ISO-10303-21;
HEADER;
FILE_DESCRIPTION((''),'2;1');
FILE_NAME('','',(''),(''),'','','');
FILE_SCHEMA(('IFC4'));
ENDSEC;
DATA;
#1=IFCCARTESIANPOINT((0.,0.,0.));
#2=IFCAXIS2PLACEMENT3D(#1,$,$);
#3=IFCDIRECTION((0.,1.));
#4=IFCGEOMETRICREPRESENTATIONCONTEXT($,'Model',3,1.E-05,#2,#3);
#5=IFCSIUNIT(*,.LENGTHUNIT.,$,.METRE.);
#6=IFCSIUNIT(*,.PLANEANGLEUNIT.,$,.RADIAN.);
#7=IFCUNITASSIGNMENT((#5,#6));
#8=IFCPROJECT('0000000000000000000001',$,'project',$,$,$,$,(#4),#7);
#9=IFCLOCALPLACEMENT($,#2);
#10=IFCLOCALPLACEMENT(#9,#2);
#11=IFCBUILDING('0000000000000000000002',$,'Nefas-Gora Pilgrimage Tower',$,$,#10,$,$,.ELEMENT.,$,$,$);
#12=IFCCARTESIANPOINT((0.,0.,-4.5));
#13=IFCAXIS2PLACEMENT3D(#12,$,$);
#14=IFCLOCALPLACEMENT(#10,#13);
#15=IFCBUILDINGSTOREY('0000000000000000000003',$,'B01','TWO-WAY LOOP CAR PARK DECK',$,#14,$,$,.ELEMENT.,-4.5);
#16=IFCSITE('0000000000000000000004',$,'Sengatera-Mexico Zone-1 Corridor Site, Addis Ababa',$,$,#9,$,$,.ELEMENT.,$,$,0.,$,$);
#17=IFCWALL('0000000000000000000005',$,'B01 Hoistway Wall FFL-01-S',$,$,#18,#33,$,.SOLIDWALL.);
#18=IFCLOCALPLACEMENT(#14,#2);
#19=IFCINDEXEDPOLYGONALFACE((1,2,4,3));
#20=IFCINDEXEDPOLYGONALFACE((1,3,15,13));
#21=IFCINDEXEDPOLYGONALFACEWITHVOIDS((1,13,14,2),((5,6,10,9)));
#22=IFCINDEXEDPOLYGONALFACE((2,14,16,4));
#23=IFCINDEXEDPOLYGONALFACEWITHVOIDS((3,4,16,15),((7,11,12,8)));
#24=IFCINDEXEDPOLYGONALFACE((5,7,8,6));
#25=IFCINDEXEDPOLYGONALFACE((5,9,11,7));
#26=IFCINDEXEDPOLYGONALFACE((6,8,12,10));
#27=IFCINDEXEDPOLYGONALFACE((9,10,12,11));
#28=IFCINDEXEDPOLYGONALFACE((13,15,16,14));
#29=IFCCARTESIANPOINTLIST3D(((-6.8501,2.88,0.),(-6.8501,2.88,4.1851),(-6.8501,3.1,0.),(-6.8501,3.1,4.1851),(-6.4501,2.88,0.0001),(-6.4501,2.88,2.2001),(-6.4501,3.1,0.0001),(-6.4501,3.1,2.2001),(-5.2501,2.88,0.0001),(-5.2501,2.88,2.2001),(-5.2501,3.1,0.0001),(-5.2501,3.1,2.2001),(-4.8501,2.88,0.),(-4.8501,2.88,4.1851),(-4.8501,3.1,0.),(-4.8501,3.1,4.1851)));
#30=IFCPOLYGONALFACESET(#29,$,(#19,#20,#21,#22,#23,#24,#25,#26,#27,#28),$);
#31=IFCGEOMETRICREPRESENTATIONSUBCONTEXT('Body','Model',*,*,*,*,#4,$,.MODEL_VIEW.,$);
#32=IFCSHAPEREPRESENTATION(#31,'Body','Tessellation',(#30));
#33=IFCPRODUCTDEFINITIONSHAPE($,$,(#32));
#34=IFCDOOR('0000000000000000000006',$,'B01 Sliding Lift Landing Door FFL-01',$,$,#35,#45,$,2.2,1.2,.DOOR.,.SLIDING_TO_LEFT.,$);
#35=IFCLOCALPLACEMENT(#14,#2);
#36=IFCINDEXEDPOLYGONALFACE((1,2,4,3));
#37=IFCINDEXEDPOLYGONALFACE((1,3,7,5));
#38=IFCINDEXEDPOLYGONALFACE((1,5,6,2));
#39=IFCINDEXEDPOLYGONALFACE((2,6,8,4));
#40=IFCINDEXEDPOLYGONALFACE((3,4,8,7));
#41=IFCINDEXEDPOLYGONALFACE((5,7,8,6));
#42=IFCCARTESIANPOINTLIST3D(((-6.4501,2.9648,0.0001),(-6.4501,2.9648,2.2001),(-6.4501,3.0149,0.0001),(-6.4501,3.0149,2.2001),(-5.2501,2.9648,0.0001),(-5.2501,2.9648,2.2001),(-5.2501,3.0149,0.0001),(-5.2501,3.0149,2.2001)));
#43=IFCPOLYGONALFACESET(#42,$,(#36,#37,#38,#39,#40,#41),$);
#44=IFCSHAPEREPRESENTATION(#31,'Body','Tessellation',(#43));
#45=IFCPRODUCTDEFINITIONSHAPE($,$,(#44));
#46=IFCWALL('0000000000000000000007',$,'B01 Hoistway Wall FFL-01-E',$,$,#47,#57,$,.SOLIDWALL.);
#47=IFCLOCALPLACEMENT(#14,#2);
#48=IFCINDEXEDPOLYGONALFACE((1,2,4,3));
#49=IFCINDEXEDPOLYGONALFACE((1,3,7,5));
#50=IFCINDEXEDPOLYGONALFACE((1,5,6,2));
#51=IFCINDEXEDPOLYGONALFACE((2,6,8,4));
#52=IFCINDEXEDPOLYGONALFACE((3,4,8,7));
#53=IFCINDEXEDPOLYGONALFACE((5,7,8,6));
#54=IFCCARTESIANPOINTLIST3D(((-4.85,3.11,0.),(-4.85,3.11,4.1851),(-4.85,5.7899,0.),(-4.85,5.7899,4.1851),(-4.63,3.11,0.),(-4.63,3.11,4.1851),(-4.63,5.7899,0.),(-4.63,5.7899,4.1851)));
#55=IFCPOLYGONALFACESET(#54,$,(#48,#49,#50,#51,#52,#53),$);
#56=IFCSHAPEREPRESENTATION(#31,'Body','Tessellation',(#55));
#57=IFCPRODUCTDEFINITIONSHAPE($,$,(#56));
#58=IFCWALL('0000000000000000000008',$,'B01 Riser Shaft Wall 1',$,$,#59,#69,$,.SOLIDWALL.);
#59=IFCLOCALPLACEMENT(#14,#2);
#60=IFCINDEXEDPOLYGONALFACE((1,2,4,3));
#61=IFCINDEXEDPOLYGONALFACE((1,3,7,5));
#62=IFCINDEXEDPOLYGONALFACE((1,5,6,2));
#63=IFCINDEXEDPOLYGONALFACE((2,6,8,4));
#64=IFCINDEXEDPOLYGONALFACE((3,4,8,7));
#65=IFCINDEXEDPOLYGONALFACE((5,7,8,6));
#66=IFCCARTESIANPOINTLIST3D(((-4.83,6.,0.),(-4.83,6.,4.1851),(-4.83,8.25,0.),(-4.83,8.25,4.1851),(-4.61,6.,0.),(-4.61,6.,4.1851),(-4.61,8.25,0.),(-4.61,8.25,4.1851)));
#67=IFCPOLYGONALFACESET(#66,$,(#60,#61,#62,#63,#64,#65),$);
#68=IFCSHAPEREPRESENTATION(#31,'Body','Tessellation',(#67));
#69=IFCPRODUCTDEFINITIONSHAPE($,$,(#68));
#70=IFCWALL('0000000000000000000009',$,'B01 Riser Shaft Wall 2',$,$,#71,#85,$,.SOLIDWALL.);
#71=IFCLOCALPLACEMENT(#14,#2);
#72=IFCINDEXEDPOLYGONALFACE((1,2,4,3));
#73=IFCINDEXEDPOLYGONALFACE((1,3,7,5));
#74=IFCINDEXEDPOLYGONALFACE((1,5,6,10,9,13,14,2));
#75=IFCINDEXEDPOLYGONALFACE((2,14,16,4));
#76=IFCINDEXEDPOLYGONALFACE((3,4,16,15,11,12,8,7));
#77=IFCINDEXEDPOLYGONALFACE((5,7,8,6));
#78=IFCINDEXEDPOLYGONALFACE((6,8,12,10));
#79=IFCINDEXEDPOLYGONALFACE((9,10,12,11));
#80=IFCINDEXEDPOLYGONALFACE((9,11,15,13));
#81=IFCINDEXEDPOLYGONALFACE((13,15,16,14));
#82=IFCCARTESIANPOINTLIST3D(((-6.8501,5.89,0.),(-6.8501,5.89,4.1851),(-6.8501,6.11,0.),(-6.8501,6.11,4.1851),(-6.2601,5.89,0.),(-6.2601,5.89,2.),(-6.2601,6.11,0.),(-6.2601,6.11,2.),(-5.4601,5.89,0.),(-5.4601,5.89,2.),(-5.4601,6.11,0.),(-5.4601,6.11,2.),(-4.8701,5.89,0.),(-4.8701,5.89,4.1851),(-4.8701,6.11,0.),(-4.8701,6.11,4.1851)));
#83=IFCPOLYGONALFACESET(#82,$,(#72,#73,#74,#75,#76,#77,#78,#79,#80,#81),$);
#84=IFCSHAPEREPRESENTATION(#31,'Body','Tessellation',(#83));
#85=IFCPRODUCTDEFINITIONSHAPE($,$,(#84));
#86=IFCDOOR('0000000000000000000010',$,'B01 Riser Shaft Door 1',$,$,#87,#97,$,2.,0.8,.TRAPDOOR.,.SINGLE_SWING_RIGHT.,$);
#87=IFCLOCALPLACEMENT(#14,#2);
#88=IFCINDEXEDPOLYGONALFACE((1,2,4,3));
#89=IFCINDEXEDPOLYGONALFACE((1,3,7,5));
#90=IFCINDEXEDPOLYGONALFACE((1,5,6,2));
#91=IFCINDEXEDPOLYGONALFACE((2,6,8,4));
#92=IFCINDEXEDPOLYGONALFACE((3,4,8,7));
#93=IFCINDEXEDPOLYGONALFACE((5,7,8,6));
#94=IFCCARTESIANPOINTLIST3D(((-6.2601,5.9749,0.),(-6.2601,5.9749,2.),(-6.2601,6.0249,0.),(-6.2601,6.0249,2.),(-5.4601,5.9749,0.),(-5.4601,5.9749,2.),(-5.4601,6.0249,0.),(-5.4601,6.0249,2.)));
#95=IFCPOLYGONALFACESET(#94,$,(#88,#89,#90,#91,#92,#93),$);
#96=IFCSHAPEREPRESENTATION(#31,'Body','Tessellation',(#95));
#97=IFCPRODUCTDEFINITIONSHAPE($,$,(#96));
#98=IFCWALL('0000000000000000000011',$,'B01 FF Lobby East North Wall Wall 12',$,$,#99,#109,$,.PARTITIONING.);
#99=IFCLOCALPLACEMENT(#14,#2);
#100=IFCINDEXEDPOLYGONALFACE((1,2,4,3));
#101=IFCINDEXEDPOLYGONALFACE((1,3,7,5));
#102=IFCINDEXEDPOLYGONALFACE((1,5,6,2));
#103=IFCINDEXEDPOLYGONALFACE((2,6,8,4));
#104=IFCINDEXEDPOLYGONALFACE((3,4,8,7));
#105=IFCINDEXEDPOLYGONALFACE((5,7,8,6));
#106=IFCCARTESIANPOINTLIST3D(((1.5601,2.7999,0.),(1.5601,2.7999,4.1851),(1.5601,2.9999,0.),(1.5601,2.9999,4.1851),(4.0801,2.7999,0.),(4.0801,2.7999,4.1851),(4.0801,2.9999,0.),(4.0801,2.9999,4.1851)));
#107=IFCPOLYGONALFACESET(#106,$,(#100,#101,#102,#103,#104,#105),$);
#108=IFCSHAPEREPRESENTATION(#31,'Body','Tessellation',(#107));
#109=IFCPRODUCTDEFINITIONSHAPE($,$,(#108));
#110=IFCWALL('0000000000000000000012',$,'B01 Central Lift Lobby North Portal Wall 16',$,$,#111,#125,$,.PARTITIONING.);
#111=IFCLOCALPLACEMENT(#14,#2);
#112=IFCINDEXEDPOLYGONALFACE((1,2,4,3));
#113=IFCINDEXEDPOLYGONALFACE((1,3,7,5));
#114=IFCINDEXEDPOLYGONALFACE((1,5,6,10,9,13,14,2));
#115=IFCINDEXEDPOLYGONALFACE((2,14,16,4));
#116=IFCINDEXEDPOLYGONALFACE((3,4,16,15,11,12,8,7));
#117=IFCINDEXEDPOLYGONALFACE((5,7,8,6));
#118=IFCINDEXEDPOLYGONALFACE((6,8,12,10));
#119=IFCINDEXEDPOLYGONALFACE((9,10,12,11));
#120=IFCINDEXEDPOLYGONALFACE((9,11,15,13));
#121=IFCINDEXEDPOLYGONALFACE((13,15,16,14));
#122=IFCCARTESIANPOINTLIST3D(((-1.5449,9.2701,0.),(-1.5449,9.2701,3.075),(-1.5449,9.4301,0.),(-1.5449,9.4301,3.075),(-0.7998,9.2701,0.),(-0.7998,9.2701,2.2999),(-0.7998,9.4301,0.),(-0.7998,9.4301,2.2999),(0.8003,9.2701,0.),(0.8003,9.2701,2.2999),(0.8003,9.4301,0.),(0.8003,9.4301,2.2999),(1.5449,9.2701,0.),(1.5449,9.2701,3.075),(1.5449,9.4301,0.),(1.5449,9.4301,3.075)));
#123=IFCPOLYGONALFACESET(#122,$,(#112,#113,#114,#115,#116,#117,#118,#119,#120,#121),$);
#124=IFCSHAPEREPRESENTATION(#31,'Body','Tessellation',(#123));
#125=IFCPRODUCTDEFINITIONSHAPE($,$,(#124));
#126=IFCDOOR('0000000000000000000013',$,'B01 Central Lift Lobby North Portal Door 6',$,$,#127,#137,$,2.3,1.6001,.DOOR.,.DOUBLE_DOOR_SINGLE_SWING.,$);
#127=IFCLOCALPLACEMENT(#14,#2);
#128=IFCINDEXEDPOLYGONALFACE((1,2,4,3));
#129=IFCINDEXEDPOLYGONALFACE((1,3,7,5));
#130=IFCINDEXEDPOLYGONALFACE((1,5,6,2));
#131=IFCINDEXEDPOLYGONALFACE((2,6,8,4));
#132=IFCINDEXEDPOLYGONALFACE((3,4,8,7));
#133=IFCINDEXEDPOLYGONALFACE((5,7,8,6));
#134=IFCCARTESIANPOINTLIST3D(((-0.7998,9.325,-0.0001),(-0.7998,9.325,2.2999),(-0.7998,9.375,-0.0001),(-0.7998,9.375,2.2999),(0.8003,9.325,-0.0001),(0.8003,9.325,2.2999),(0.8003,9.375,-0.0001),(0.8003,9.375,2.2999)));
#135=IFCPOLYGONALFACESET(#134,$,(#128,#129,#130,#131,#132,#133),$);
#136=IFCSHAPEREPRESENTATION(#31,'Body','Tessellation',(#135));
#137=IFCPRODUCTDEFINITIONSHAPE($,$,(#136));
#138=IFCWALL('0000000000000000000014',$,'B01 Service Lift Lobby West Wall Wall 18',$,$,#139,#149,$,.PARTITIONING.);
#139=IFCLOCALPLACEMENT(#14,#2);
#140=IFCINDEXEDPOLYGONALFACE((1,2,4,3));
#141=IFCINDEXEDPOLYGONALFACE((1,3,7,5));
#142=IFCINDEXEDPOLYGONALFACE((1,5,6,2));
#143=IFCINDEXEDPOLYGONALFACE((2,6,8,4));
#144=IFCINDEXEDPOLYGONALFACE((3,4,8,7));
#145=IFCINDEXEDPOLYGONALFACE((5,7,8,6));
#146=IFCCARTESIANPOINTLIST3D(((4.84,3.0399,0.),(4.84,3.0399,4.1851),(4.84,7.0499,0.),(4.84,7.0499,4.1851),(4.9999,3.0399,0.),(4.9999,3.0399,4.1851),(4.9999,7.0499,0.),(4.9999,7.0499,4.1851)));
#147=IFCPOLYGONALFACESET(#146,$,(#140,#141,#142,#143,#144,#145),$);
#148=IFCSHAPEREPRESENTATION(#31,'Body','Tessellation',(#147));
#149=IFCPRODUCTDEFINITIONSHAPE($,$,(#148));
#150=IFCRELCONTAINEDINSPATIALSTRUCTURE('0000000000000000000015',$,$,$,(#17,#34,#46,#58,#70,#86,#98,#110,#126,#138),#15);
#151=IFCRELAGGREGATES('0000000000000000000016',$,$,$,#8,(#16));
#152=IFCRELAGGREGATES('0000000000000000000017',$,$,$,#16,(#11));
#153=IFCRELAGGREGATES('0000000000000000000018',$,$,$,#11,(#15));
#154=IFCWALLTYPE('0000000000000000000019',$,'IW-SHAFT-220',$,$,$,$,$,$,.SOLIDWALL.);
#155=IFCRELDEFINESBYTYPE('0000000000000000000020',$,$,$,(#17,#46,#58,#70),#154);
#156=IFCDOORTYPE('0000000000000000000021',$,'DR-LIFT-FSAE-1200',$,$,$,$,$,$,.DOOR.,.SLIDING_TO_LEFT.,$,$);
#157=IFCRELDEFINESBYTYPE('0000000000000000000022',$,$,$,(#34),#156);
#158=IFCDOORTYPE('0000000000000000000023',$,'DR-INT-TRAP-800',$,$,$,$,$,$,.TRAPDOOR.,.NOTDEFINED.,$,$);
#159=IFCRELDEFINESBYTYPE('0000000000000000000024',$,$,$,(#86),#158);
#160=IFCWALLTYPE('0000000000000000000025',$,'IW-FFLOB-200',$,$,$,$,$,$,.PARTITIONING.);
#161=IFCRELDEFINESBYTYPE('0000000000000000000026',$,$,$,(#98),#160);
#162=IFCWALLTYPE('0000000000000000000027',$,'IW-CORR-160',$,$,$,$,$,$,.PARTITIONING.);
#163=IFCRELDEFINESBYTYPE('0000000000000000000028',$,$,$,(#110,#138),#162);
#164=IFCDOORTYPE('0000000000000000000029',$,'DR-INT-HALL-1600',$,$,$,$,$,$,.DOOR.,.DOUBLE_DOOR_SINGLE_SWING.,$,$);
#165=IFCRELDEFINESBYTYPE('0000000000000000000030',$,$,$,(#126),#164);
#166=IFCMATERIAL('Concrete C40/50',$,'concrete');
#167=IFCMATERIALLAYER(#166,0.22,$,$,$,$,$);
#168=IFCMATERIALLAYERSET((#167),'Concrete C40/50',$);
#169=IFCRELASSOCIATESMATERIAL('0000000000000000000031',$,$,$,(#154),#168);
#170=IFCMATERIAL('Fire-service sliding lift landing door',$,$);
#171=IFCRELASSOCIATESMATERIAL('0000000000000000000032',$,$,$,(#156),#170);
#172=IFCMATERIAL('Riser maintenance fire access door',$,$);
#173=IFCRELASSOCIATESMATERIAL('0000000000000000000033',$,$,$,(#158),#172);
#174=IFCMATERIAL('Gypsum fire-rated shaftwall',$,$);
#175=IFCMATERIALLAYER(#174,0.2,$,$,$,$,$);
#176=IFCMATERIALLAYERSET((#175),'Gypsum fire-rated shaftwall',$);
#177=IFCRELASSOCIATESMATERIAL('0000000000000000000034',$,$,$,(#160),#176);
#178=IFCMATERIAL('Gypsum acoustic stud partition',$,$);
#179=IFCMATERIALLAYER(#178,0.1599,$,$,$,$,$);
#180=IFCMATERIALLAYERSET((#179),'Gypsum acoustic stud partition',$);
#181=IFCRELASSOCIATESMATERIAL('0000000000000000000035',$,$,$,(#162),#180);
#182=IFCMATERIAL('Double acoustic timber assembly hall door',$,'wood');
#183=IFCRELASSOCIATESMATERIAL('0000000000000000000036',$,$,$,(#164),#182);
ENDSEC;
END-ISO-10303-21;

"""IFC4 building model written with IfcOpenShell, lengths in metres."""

from ifc_helpers import new_model, si_unit, direction, frame, frame_2d, origin, place, context, subcontext, project, spatial, rectangle, extrude, source, transform, mapped, material, layer, layer_set, type_object, element, fill, save


model = new_model("IFC4")

# Units and contexts
model_context = context("Model", 3, precision=1e-05, world=origin(), true_north=direction((0.0, 1.0)))
body_context = subcontext(model_context, "Body", "Model", "MODEL_VIEW")
ifc_project = project(units=[si_unit("LENGTHUNIT", "METRE"), si_unit("PLANEANGLEUNIT", "RADIAN")], contexts=[model_context])

# Site, building, storey
site_placement = place(None, origin())
site = spatial("IfcSite", under=ifc_project, at=site_placement, Name="Sengatera-Mexico Zone-1 Corridor Site, Addis Ababa", CompositionType="ELEMENT", RefElevation=0.0)
building_placement = place(site_placement, origin())
building = spatial("IfcBuilding", under=site, at=building_placement, Name="Nefas-Gora Pilgrimage Tower", CompositionType="ELEMENT")
storey_placement = place(building_placement, frame((0.0, 0.0, -4.5)))
storey = spatial("IfcBuildingStorey", under=building, at=storey_placement, Name="B01", Description="TWO-WAY LOOP CAR PARK DECK", CompositionType="ELEMENT", Elevation=-4.5)

# Shared definitions
ifc_material_1 = material(Name="Concrete C40/50", Category="concrete")

# Wall, opening, door
ifc_layer_1 = layer(ifc_material_1, 0.22)
ifc_layer_set_1 = layer_set([ifc_layer_1], Name="Concrete C40/50")
wall_type_1 = type_object("IfcWallType", Name="IW-SHAFT-220", PredefinedType="SOLIDWALL", material=ifc_layer_set_1)
shared_shape_1 = source(origin(), body_context, "Body", "SweptSolid", [
    extrude(rectangle(XDim=2.0, YDim=0.22, at=frame_2d((1.0, 0.0))), origin(), (0.0, 0.0, 1.0), 4.1851),
])
wall_1_placement = place(storey_placement, frame((-6.8501, 2.99, 0.0), z_axis=(0.0, 0.0, 1.0), x_axis=(1.0, 0.0, 0.0)))
wall_1 = element("IfcWall", 1, at=wall_1_placement, inside=storey, type_object=wall_type_1, Name="B01 Hoistway Wall FFL-01-S", PredefinedType="SOLIDWALL", context=body_context, shape_type="MappedRepresentation", body=[
    mapped(shared_shape_1, transform((0.0, 0.0, 0.0), x_axis=(1.0, 0.0, 0.0), y_axis=(0.0, 1.0, 0.0), z_axis=(0.0, 0.0, 1.0), scale=1.0)),
])
opening_1_placement = place(wall_1_placement, frame((0.3999, 0.0, 0.0)))
opening_1 = element("IfcOpeningElement", 2, at=opening_1_placement, cuts=wall_1, PredefinedType="OPENING", context=body_context, shape_type="SweptSolid", body=[
    extrude(rectangle(XDim=1.2, YDim=2.2, at=frame_2d((0.6001, 1.1001))), frame((0.0, 0.1199, 0.0), z_axis=(0.0, -1.0, 0.0), x_axis=(1.0, 0.0, 0.0)), (0.0, 0.0, 1.0), 0.24),
])
ifc_material_2 = material(Name="Fire-service sliding lift landing door")
door_type_1 = type_object("IfcDoorType", Name="DR-LIFT-FSAE-1200", OperationType="SLIDING_TO_LEFT", PredefinedType="DOOR", material=ifc_material_2)
shared_shape_2 = source(origin(), body_context, "Body", "SweptSolid", [
    extrude(rectangle(XDim=1.2, YDim=2.2, at=frame_2d((0.6001, 1.1001))), frame((0.0, 0.0249, 0.0), z_axis=(0.0, -1.0, 0.0), x_axis=(1.0, 0.0, 0.0)), (0.0, 0.0, 1.0), 0.05),
])
door_1_placement = place(opening_1_placement, origin())
door_1 = element("IfcDoor", 3, at=door_1_placement, inside=storey, type_object=door_type_1, Name="B01 Sliding Lift Landing Door FFL-01", OperationType="SLIDING_TO_LEFT", OverallHeight=2.2, OverallWidth=1.2, PredefinedType="DOOR", context=body_context, shape_type="MappedRepresentation", body=[
    mapped(shared_shape_2, transform((0.0, 0.0, 0.0), x_axis=(1.0, 0.0, 0.0), y_axis=(0.0, 1.0, 0.0), z_axis=(0.0, 0.0, 1.0), scale=1.0)),
])
fill(opening_1, door_1)

# Walls
shared_shape_3 = source(origin(), body_context, "Body", "SweptSolid", [
    extrude(rectangle(XDim=2.6799, YDim=0.22, at=frame_2d((1.3398, 0.0))), origin(), (0.0, 0.0, 1.0), 4.1851),
])
wall_2_placement = place(storey_placement, frame((-4.74, 3.1101, 0.0), z_axis=(0.0, 0.0, 1.0), x_axis=(0.0, 1.0, 0.0)))
element("IfcWall", 4, at=wall_2_placement, inside=storey, type_object=wall_type_1, Name="B01 Hoistway Wall FFL-01-E", PredefinedType="SOLIDWALL", context=body_context, shape_type="MappedRepresentation", body=[
    mapped(shared_shape_3, transform((0.0, 0.0, 0.0), x_axis=(1.0, 0.0, 0.0), y_axis=(0.0, 1.0, 0.0), z_axis=(0.0, 0.0, 1.0), scale=1.0)),
])
shared_shape_4 = source(origin(), body_context, "Body", "SweptSolid", [
    extrude(rectangle(XDim=2.25, YDim=0.22, at=frame_2d((1.125, 0.0))), origin(), (0.0, 0.0, 1.0), 4.1851),
])
wall_3_placement = place(storey_placement, frame((-4.72, 6.0, 0.0), z_axis=(0.0, 0.0, 1.0), x_axis=(0.0, 1.0, 0.0)))
element("IfcWall", 5, at=wall_3_placement, inside=storey, type_object=wall_type_1, Name="B01 Riser Shaft Wall 1", PredefinedType="SOLIDWALL", context=body_context, shape_type="MappedRepresentation", body=[
    mapped(shared_shape_4, transform((0.0, 0.0, 0.0), x_axis=(1.0, 0.0, 0.0), y_axis=(0.0, 1.0, 0.0), z_axis=(0.0, 0.0, 1.0), scale=1.0)),
])

# Wall, opening, door
shared_shape_5 = source(origin(), body_context, "Body", "SweptSolid", [
    extrude(rectangle(XDim=1.98, YDim=0.22, at=frame_2d((0.99, 0.0))), origin(), (0.0, 0.0, 1.0), 4.1851),
])
wall_4_placement = place(storey_placement, frame((-6.8501, 6.0, 0.0), z_axis=(0.0, 0.0, 1.0), x_axis=(1.0, 0.0, 0.0)))
wall_4 = element("IfcWall", 6, at=wall_4_placement, inside=storey, type_object=wall_type_1, Name="B01 Riser Shaft Wall 2", PredefinedType="SOLIDWALL", context=body_context, shape_type="MappedRepresentation", body=[
    mapped(shared_shape_5, transform((0.0, 0.0, 0.0), x_axis=(1.0, 0.0, 0.0), y_axis=(0.0, 1.0, 0.0), z_axis=(0.0, 0.0, 1.0), scale=1.0)),
])
opening_2_placement = place(wall_4_placement, frame((0.5901, 0.0, 0.0)))
opening_2 = element("IfcOpeningElement", 7, at=opening_2_placement, cuts=wall_4, PredefinedType="OPENING", context=body_context, shape_type="SweptSolid", body=[
    extrude(rectangle(XDim=0.8, YDim=2.0, at=frame_2d((0.3999, 1.0))), frame((0.0, 0.1199, 0.0), z_axis=(0.0, -1.0, 0.0), x_axis=(1.0, 0.0, 0.0)), (0.0, 0.0, 1.0), 0.24),
])
ifc_material_3 = material(Name="Riser maintenance fire access door")
door_type_2 = type_object("IfcDoorType", Name="DR-INT-TRAP-800", OperationType="NOTDEFINED", PredefinedType="TRAPDOOR", material=ifc_material_3)
shared_shape_6 = source(origin(), body_context, "Body", "SweptSolid", [
    extrude(rectangle(XDim=0.8, YDim=2.0, at=frame_2d((0.3999, 1.0))), frame((0.0, 0.0249, 0.0), z_axis=(0.0, -1.0, 0.0), x_axis=(1.0, 0.0, 0.0)), (0.0, 0.0, 1.0), 0.05),
])
door_2_placement = place(opening_2_placement, origin())
door_2 = element("IfcDoor", 8, at=door_2_placement, inside=storey, type_object=door_type_2, Name="B01 Riser Shaft Door 1", OperationType="SINGLE_SWING_RIGHT", OverallHeight=2.0, OverallWidth=0.8, PredefinedType="TRAPDOOR", context=body_context, shape_type="MappedRepresentation", body=[
    mapped(shared_shape_6, transform((0.0, 0.0, 0.0), x_axis=(1.0, 0.0, 0.0), y_axis=(0.0, 1.0, 0.0), z_axis=(0.0, 0.0, 1.0), scale=1.0)),
])
fill(opening_2, door_2)

# Wall
ifc_material_4 = material(Name="Gypsum fire-rated shaftwall")
ifc_layer_2 = layer(ifc_material_4, 0.2)
ifc_layer_set_2 = layer_set([ifc_layer_2], Name="Gypsum fire-rated shaftwall")
wall_type_2 = type_object("IfcWallType", Name="IW-FFLOB-200", PredefinedType="PARTITIONING", material=ifc_layer_set_2)
shared_shape_7 = source(origin(), body_context, "Body", "SweptSolid", [
    extrude(rectangle(XDim=2.52, YDim=0.2, at=frame_2d((1.26, 0.0))), origin(), (0.0, 0.0, 1.0), 4.1851),
])
wall_5_placement = place(storey_placement, frame((1.5601, 2.8999, 0.0), z_axis=(0.0, 0.0, 1.0), x_axis=(1.0, 0.0, 0.0)))
element("IfcWall", 9, at=wall_5_placement, inside=storey, type_object=wall_type_2, Name="B01 FF Lobby East North Wall Wall 12", PredefinedType="PARTITIONING", context=body_context, shape_type="MappedRepresentation", body=[
    mapped(shared_shape_7, transform((0.0, 0.0, 0.0), x_axis=(1.0, 0.0, 0.0), y_axis=(0.0, 1.0, 0.0), z_axis=(0.0, 0.0, 1.0), scale=1.0)),
])

# Wall, opening, door
ifc_material_5 = material(Name="Gypsum acoustic stud partition")
ifc_layer_3 = layer(ifc_material_5, 0.1599)
ifc_layer_set_3 = layer_set([ifc_layer_3], Name="Gypsum acoustic stud partition")
wall_type_3 = type_object("IfcWallType", Name="IW-CORR-160", PredefinedType="PARTITIONING", material=ifc_layer_set_3)
shared_shape_8 = source(origin(), body_context, "Body", "SweptSolid", [
    extrude(rectangle(XDim=3.0898, YDim=0.1599, at=frame_2d((1.5449, 0.0))), origin(), (0.0, 0.0, 1.0), 3.075),
])
wall_6_placement = place(storey_placement, frame((-1.5449, 9.3501, 0.0), z_axis=(0.0, 0.0, 1.0), x_axis=(1.0, 0.0, 0.0)))
wall_6 = element("IfcWall", 10, at=wall_6_placement, inside=storey, type_object=wall_type_3, Name="B01 Central Lift Lobby North Portal Wall 16", PredefinedType="PARTITIONING", context=body_context, shape_type="MappedRepresentation", body=[
    mapped(shared_shape_8, transform((0.0, 0.0, 0.0), x_axis=(1.0, 0.0, 0.0), y_axis=(0.0, 1.0, 0.0), z_axis=(0.0, 0.0, 1.0), scale=1.0)),
])
opening_3_placement = place(wall_6_placement, frame((0.7451, 0.0, 0.0)))
opening_3 = element("IfcOpeningElement", 11, at=opening_3_placement, cuts=wall_6, PredefinedType="OPENING", context=body_context, shape_type="SweptSolid", body=[
    extrude(rectangle(XDim=1.6001, YDim=2.3, at=frame_2d((0.8, 1.1499))), frame((0.0, 0.0898, 0.0), z_axis=(0.0, -1.0, 0.0), x_axis=(1.0, 0.0, 0.0)), (0.0, 0.0, 1.0), 0.1799),
])
ifc_material_6 = material(Name="Double acoustic timber assembly hall door", Category="wood")
door_type_3 = type_object("IfcDoorType", Name="DR-INT-HALL-1600", OperationType="DOUBLE_DOOR_SINGLE_SWING", PredefinedType="DOOR", material=ifc_material_6)
shared_shape_9 = source(origin(), body_context, "Body", "SweptSolid", [
    extrude(rectangle(XDim=1.6001, YDim=2.3, at=frame_2d((0.8, 1.1499))), frame((0.0, 0.0249, 0.0), z_axis=(0.0, -1.0, 0.0), x_axis=(1.0, 0.0, 0.0)), (0.0, 0.0, 1.0), 0.05),
])
door_3_placement = place(opening_3_placement, origin())
door_3 = element("IfcDoor", 12, at=door_3_placement, inside=storey, type_object=door_type_3, Name="B01 Central Lift Lobby North Portal Door 6", OperationType="DOUBLE_DOOR_SINGLE_SWING", OverallHeight=2.3, OverallWidth=1.6001, PredefinedType="DOOR", context=body_context, shape_type="MappedRepresentation", body=[
    mapped(shared_shape_9, transform((0.0, 0.0, 0.0), x_axis=(1.0, 0.0, 0.0), y_axis=(0.0, 1.0, 0.0), z_axis=(0.0, 0.0, 1.0), scale=1.0)),
])
fill(opening_3, door_3)

# Wall
shared_shape_10 = source(origin(), body_context, "Body", "SweptSolid", [
    extrude(rectangle(XDim=4.01, YDim=0.1599, at=frame_2d((2.0049, 0.0))), origin(), (0.0, 0.0, 1.0), 4.1851),
])
wall_7_placement = place(storey_placement, frame((4.9199, 3.04, 0.0), z_axis=(0.0, 0.0, 1.0), x_axis=(0.0, 1.0, 0.0)))
element("IfcWall", 13, at=wall_7_placement, inside=storey, type_object=wall_type_3, Name="B01 Service Lift Lobby West Wall Wall 18", PredefinedType="PARTITIONING", context=body_context, shape_type="MappedRepresentation", body=[
    mapped(shared_shape_10, transform((0.0, 0.0, 0.0), x_axis=(1.0, 0.0, 0.0), y_axis=(0.0, 1.0, 0.0), z_axis=(0.0, 0.0, 1.0), scale=1.0)),
])

save(model, "model.ifc")
